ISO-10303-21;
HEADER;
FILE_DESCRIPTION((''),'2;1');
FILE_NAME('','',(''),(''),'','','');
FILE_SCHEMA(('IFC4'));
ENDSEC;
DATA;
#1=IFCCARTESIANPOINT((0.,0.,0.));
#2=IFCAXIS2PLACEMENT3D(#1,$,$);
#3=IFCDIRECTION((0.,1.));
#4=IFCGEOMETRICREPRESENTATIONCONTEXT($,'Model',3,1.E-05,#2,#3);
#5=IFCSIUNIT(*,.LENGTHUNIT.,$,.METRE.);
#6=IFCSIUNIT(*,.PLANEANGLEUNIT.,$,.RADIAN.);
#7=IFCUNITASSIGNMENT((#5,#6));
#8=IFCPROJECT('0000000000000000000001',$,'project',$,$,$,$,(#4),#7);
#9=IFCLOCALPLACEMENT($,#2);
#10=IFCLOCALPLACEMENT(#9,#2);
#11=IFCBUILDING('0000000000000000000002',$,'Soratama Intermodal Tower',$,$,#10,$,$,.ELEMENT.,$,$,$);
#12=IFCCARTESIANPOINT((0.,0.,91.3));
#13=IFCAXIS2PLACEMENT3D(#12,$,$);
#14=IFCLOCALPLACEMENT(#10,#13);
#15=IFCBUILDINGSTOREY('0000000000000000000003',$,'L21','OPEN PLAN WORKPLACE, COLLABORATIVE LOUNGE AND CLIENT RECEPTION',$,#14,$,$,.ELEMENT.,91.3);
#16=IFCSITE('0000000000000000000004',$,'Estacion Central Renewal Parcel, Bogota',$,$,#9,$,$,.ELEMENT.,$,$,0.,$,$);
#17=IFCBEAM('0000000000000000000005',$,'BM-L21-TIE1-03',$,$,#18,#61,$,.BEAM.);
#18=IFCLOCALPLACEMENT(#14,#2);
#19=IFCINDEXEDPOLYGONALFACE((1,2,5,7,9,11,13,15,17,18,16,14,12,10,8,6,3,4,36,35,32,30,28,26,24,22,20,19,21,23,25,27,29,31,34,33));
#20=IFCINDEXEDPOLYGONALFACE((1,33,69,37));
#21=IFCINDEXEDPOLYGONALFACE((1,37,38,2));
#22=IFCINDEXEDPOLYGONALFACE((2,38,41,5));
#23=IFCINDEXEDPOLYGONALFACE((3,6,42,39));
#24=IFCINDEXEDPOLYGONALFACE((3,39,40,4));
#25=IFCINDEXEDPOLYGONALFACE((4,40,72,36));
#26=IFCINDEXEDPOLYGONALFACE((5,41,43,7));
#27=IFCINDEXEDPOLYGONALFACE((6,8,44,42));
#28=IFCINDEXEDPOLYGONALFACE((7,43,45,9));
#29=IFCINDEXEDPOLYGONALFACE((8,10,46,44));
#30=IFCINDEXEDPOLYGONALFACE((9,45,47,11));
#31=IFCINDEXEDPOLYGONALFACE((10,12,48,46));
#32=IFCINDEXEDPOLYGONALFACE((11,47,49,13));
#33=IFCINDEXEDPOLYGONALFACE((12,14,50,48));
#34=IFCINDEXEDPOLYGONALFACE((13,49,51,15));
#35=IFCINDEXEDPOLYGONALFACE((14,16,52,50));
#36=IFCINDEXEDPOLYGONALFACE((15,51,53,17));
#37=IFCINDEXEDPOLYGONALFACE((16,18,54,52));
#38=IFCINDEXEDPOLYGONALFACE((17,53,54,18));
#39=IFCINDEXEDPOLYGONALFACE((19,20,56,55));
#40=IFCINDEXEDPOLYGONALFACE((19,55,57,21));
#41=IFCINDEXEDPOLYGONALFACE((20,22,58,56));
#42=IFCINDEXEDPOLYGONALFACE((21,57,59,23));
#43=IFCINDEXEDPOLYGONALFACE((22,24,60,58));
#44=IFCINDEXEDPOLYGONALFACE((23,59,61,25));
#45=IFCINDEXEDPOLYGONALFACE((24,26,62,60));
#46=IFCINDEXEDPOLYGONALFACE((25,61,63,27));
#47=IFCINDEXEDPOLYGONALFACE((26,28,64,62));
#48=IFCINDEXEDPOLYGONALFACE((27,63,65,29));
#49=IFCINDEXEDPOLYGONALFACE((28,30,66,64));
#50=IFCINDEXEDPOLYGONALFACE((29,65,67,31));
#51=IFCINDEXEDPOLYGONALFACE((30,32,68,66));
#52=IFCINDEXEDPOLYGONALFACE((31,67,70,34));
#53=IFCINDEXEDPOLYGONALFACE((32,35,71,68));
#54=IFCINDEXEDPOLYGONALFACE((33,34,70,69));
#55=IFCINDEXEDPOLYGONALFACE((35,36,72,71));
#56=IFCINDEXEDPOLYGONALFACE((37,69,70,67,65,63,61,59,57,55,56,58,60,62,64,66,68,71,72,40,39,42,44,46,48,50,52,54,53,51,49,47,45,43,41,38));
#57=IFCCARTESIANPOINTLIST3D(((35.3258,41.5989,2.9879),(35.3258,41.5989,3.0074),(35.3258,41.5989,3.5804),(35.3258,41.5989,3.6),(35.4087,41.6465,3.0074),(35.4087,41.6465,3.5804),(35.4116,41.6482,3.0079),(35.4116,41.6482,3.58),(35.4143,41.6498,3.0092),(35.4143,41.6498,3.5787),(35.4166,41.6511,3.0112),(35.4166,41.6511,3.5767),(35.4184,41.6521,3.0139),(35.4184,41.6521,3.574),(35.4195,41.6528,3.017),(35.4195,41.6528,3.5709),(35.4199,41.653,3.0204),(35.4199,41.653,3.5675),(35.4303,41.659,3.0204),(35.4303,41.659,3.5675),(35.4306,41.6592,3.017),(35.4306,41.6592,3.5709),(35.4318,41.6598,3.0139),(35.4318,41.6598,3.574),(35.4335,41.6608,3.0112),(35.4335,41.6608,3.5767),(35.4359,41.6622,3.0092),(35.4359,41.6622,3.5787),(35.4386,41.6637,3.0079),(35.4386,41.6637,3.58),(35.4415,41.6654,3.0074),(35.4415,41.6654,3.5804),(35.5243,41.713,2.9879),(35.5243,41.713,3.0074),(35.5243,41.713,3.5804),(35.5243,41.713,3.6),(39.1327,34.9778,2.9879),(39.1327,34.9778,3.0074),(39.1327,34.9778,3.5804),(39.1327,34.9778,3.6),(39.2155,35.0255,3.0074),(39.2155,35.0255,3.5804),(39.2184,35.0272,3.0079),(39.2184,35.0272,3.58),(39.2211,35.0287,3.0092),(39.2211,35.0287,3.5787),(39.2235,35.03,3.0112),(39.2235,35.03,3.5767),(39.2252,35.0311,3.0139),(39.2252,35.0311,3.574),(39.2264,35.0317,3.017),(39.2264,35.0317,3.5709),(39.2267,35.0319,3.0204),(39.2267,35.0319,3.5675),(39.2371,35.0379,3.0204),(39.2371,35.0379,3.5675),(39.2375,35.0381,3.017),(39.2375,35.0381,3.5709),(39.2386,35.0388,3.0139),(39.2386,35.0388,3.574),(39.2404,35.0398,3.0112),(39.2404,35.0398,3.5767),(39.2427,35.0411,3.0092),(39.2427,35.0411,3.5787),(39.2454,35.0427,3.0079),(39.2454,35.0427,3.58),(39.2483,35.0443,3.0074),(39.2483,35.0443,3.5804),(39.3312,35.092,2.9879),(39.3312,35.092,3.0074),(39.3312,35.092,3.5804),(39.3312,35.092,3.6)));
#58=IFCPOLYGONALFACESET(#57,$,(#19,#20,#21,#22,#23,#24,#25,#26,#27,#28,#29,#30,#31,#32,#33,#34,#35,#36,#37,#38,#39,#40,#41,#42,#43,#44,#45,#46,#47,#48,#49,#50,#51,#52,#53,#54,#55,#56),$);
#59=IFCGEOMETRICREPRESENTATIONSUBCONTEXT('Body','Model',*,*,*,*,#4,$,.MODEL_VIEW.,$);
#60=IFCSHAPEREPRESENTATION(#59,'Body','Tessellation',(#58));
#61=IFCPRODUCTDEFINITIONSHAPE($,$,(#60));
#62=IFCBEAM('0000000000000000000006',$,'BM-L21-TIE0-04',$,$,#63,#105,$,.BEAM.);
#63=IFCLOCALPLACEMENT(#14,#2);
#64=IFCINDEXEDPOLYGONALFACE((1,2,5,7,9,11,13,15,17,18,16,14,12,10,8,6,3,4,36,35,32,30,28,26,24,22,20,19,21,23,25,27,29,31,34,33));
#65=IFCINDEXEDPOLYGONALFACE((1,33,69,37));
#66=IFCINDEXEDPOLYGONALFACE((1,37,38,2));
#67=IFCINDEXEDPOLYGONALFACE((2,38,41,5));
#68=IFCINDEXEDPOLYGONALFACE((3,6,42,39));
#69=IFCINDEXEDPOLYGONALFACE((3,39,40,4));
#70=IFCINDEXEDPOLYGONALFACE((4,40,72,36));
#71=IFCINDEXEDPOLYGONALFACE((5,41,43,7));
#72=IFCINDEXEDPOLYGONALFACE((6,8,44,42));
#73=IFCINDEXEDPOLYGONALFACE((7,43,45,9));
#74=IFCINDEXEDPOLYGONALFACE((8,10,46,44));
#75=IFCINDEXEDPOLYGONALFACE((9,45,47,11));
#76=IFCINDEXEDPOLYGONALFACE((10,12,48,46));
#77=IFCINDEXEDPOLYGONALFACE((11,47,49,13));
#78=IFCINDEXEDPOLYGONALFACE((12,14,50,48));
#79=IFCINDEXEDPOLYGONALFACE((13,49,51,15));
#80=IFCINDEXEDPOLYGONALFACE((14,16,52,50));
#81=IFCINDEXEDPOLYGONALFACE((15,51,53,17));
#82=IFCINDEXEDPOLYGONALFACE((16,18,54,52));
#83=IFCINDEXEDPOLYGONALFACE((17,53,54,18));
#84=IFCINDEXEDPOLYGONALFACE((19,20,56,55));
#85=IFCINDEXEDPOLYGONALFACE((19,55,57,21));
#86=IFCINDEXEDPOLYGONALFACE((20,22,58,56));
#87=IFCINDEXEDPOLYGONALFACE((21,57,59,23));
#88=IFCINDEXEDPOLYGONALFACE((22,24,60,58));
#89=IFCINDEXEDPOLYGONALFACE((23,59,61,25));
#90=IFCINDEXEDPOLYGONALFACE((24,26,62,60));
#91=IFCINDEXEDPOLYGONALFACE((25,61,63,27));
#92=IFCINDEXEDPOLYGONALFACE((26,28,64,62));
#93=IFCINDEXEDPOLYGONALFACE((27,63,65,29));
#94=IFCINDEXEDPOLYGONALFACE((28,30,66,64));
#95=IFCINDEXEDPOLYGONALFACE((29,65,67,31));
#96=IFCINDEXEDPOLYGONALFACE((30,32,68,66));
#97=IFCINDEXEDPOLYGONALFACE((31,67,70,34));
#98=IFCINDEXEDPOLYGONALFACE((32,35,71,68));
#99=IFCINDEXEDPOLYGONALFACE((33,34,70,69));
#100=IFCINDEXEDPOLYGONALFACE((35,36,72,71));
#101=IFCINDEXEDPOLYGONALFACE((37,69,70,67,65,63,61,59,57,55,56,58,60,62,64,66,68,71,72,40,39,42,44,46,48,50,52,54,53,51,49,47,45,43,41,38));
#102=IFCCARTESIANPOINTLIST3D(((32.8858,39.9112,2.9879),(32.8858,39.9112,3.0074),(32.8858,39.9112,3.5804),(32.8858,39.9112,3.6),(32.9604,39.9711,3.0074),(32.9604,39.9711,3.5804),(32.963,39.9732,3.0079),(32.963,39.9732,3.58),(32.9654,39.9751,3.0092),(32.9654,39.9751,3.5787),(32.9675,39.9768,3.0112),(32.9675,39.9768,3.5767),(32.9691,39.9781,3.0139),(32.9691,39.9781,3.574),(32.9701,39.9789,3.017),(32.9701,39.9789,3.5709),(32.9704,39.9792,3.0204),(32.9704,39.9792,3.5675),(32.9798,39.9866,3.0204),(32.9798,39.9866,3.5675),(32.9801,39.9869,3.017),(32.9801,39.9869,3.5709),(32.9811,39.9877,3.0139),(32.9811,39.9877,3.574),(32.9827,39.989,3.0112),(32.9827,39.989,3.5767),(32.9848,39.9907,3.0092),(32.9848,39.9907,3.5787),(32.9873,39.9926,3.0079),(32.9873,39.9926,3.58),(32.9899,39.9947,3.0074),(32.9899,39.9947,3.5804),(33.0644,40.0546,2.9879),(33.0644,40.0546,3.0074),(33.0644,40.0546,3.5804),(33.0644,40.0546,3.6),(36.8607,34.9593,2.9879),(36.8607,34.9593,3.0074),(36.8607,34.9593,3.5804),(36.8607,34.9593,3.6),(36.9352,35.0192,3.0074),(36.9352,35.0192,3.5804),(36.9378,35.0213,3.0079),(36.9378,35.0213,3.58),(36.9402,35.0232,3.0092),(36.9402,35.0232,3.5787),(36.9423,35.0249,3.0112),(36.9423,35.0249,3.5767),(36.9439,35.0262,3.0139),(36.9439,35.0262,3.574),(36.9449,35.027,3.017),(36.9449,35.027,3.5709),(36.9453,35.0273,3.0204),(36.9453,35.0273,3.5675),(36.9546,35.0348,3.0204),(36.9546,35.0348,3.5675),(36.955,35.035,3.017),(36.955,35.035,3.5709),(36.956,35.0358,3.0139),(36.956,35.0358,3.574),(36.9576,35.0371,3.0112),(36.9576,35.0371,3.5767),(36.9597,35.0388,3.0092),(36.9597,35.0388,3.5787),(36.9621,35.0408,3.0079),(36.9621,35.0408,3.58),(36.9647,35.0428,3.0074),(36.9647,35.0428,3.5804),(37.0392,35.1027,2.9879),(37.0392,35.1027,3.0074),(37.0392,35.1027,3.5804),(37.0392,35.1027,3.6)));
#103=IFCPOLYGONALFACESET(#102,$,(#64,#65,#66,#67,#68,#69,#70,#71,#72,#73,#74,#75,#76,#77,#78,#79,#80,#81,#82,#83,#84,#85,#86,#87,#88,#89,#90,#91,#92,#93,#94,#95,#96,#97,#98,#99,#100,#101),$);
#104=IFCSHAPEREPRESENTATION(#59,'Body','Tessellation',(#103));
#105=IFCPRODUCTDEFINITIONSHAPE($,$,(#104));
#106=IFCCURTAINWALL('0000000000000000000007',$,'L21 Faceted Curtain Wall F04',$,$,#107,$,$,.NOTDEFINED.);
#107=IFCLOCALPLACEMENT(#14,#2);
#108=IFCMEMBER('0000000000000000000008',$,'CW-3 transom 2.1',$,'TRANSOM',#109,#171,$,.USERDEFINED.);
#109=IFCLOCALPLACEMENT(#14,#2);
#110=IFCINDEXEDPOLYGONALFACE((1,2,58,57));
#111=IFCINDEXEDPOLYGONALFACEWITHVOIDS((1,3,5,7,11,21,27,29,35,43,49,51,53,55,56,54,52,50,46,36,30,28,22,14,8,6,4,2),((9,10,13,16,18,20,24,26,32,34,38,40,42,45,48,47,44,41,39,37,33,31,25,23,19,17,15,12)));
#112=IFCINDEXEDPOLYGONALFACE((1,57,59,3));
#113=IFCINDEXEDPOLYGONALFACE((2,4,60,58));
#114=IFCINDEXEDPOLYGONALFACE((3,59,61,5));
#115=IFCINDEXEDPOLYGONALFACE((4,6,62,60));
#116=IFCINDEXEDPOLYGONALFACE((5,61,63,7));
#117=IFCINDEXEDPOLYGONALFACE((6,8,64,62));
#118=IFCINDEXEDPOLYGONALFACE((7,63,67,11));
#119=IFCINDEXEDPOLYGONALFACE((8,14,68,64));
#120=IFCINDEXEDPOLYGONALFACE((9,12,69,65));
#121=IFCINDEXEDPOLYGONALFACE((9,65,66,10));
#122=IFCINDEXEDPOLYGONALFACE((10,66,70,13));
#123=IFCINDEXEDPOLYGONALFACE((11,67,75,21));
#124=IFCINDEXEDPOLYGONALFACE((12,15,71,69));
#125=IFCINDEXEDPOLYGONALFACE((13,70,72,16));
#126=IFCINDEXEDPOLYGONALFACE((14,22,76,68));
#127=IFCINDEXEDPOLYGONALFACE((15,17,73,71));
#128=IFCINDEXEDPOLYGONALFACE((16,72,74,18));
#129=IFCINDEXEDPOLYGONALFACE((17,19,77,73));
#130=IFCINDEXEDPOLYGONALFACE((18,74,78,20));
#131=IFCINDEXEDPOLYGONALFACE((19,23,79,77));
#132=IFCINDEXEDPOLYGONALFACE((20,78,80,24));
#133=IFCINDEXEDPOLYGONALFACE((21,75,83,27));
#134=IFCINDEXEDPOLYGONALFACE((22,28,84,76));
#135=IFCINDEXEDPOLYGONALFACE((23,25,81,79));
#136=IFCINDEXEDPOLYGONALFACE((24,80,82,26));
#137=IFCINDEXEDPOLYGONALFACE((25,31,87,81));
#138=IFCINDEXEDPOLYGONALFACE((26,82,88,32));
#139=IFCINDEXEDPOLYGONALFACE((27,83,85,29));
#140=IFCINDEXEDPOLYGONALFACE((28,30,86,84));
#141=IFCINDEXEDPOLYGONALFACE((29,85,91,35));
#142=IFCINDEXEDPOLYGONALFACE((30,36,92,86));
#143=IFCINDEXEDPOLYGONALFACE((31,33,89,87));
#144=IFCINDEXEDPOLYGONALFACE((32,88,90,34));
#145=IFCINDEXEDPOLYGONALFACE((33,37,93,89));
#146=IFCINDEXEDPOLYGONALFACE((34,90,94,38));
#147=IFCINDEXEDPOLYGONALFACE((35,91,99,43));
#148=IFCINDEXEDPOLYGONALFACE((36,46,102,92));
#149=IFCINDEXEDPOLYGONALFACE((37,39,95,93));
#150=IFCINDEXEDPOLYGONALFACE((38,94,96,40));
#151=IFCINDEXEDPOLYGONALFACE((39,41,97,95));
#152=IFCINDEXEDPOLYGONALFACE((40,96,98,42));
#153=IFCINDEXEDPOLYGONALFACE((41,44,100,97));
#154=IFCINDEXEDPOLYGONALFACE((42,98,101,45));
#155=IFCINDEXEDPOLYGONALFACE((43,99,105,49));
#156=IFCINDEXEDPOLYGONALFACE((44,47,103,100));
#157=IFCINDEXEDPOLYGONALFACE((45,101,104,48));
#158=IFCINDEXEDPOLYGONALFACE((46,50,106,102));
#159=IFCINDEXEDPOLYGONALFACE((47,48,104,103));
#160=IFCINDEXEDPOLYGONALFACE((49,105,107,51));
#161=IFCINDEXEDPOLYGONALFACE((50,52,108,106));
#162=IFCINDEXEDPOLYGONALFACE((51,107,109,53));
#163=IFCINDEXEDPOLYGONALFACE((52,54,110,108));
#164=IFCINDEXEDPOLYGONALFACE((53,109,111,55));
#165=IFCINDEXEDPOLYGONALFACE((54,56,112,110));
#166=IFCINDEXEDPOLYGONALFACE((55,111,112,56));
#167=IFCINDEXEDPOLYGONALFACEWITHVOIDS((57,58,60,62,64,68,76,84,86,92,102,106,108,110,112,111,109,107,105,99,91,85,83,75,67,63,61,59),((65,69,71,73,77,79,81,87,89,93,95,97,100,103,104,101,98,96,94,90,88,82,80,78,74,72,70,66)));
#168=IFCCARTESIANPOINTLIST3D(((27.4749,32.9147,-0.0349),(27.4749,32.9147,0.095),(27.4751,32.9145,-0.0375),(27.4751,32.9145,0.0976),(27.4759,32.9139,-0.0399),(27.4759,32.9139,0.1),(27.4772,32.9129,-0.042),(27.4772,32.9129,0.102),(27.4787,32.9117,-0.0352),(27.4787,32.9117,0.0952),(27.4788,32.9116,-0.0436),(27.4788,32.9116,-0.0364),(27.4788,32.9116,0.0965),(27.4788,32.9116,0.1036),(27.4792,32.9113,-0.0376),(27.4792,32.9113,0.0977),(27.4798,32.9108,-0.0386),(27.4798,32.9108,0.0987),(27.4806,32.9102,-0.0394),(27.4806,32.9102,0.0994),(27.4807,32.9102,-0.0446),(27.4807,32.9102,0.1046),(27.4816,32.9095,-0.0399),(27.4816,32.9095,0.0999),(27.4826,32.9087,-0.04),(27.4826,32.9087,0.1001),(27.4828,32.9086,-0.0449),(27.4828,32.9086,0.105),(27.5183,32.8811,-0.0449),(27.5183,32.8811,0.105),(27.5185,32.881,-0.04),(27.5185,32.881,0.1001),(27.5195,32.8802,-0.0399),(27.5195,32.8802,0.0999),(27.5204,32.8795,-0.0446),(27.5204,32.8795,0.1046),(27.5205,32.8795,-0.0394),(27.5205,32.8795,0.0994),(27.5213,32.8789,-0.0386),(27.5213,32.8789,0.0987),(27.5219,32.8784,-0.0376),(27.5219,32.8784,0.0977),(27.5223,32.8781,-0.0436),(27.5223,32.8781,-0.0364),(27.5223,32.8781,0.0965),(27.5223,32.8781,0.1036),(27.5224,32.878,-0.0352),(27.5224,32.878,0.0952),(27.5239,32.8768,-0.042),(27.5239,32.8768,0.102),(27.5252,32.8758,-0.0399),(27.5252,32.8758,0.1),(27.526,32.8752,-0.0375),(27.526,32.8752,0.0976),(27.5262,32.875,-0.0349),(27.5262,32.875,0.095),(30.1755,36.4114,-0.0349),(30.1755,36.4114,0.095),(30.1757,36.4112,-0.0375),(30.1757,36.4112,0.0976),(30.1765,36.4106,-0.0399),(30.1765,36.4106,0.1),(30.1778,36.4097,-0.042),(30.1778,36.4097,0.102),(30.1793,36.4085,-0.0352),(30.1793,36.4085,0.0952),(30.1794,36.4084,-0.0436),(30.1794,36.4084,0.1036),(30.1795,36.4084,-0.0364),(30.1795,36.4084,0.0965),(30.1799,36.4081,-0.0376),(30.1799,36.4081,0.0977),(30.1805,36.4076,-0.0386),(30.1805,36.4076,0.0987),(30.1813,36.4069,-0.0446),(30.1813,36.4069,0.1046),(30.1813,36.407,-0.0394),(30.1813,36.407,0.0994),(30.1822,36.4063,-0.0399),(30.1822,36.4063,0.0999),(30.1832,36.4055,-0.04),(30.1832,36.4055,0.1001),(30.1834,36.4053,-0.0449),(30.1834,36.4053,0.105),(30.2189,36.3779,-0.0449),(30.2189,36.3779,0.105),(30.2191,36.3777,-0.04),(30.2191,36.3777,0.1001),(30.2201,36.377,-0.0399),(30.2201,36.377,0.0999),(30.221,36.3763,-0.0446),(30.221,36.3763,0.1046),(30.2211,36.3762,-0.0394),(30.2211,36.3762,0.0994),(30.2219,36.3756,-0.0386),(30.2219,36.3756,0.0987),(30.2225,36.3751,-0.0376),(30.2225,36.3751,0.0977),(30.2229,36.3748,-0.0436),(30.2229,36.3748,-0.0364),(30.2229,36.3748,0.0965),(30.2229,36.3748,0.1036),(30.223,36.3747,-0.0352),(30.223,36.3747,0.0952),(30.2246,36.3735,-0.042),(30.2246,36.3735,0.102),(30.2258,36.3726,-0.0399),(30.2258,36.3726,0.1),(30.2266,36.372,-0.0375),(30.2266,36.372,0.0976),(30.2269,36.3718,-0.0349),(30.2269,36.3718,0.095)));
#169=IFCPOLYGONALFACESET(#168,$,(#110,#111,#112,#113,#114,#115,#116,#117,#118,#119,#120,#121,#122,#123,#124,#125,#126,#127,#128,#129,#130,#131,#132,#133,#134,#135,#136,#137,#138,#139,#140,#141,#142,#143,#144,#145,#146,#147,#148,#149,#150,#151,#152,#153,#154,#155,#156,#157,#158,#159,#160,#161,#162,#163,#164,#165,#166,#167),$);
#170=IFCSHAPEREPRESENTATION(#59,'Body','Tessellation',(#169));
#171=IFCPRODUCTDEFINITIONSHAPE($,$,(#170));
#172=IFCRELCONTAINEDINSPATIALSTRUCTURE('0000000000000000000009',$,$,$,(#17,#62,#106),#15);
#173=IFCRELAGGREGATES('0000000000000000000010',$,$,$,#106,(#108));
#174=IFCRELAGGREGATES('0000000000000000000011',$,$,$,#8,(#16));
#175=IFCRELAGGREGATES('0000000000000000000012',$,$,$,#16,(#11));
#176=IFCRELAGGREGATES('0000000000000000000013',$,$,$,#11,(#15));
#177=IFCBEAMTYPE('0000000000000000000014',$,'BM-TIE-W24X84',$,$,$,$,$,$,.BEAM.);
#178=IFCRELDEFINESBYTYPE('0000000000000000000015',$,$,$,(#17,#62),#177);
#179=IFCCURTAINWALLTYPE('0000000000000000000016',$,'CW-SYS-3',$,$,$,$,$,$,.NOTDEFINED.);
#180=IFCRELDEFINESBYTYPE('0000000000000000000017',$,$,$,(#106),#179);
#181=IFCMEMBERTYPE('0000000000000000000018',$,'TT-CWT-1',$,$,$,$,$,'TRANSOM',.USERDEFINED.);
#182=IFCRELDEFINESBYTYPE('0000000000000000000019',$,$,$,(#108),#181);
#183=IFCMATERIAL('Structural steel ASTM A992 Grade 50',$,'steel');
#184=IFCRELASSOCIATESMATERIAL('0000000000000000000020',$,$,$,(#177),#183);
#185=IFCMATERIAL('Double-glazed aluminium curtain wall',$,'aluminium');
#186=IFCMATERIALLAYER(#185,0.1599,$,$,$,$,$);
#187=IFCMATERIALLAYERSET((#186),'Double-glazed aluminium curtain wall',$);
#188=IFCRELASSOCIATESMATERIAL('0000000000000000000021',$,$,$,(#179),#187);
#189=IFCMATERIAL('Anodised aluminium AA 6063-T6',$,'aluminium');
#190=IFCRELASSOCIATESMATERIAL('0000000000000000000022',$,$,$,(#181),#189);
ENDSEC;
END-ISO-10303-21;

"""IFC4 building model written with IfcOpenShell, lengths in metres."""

from ifc_helpers import new_model, si_unit, direction, frame, origin, origin_2d, place, context, subcontext, project, spatial, hollow_rectangle, i_section, extrude, material, layer, layer_set, material_profile, profile_set, type_object, element, aggregate, save


model = new_model("IFC4")

# Units and contexts
model_context = context("Model", 3, precision=1e-05, world=origin(), true_north=direction((0.0, 1.0)))
body_context = subcontext(model_context, "Body", "Model", "MODEL_VIEW")
ifc_project = project(units=[si_unit("LENGTHUNIT", "METRE"), si_unit("PLANEANGLEUNIT", "RADIAN")], contexts=[model_context])

# Site, building, storey
site_placement = place(None, origin())
site = spatial("IfcSite", under=ifc_project, at=site_placement, Name="Estacion Central Renewal Parcel, Bogota", CompositionType="ELEMENT", RefElevation=0.0)
building_placement = place(site_placement, origin())
building = spatial("IfcBuilding", under=site, at=building_placement, Name="Soratama Intermodal Tower", CompositionType="ELEMENT")
storey_placement = place(building_placement, frame((0.0, 0.0, 91.3)))
storey = spatial("IfcBuildingStorey", under=building, at=storey_placement, Name="L21", Description="OPEN PLAN WORKPLACE, COLLABORATIVE LOUNGE AND CLIENT RECEPTION", CompositionType="ELEMENT", Elevation=91.3)

# Beams
ifc_material_1 = material(Name="Structural steel ASTM A992 Grade 50", Category="steel")
ifc_material_profile_1 = material_profile(ifc_material_1, i_section(OverallWidth=0.229, OverallDepth=0.6121, WebThickness=0.012, FlangeThickness=0.0195, FilletRadius=0.0129, at=origin_2d()), Name="W24X84")
ifc_profile_set_1 = profile_set([ifc_material_profile_1], Name="Structural steel ASTM A992 Grade 50")
beam_type_1 = type_object("IfcBeamType", Name="BM-TIE-W24X84", PredefinedType="BEAM", material=ifc_profile_set_1)
beam_1_placement = place(storey_placement, frame((39.2319, 35.0349, 3.2939), z_axis=(-0.498447, 0.86692, 0.0), x_axis=(-0.86692, -0.498447, 0.0)))
element("IfcBeam", 1, at=beam_1_placement, inside=storey, type_object=beam_type_1, Name="BM-L21-TIE1-03", PredefinedType="BEAM", context=body_context, shape_type="SweptSolid", body=[
    extrude(i_section(OverallWidth=0.229, OverallDepth=0.6121, WebThickness=0.012, FlangeThickness=0.0195, FilletRadius=0.0129, at=origin_2d()), origin(), (0.0, 0.0, 1.0), 7.6375),
])
beam_2_placement = place(storey_placement, frame((36.95, 35.031, 3.2939), z_axis=(-0.625974, 0.779844, 0.0), x_axis=(-0.779844, -0.625974, 0.0)))
element("IfcBeam", 2, at=beam_2_placement, inside=storey, type_object=beam_type_1, Name="BM-L21-TIE0-04", PredefinedType="BEAM", context=body_context, shape_type="SweptSolid", body=[
    extrude(i_section(OverallWidth=0.229, OverallDepth=0.6121, WebThickness=0.012, FlangeThickness=0.0195, FilletRadius=0.0129, at=origin_2d()), origin(), (0.0, 0.0, 1.0), 6.3499),
])

# Curtain wall, member
ifc_material_2 = material(Name="Double-glazed aluminium curtain wall", Category="aluminium")
ifc_layer_1 = layer(ifc_material_2, 0.1599)
ifc_layer_set_1 = layer_set([ifc_layer_1], Name="Double-glazed aluminium curtain wall")
curtain_wall_type = type_object("IfcCurtainWallType", Name="CW-SYS-3", PredefinedType="NOTDEFINED", material=ifc_layer_set_1)
curtain_wall_placement = place(storey_placement, origin())
curtain_wall = element("IfcCurtainWall", 3, at=curtain_wall_placement, inside=storey, type_object=curtain_wall_type, Name="L21 Faceted Curtain Wall F04", PredefinedType="NOTDEFINED")
ifc_material_3 = material(Name="Anodised aluminium AA 6063-T6", Category="aluminium")
ifc_material_profile_2 = material_profile(ifc_material_3, hollow_rectangle(XDim=0.0649, YDim=0.1499, WallThickness=0.0049, InnerFilletRadius=0.0049, OuterFilletRadius=0.01, at=origin_2d()), Name="CWT150X65X5")
ifc_profile_set_2 = profile_set([ifc_material_profile_2], Name="Anodised aluminium AA 6063-T6")
member_type = type_object("IfcMemberType", Name="TT-CWT-1", ElementType="TRANSOM", PredefinedType="USERDEFINED", material=ifc_profile_set_2)
member_1_placement = place(storey_placement, frame((30.2012, 36.3916, 0.03), z_axis=(-0.611248, -0.791439, 0.0), x_axis=(0.791439, -0.611248, 0.0)))
member_1 = element("IfcMember", 4, at=member_1_placement, type_object=member_type, Name="CW-3 transom 2.1", ObjectType="TRANSOM", PredefinedType="USERDEFINED", context=body_context, shape_type="SweptSolid", body=[
    extrude(hollow_rectangle(XDim=0.0649, YDim=0.1499, WallThickness=0.0049, InnerFilletRadius=0.0049, OuterFilletRadius=0.01, at=origin_2d()), origin(), (0.0, 0.0, 1.0), 4.4182),
])
aggregate(curtain_wall, [member_1])

save(model, "model.ifc")
